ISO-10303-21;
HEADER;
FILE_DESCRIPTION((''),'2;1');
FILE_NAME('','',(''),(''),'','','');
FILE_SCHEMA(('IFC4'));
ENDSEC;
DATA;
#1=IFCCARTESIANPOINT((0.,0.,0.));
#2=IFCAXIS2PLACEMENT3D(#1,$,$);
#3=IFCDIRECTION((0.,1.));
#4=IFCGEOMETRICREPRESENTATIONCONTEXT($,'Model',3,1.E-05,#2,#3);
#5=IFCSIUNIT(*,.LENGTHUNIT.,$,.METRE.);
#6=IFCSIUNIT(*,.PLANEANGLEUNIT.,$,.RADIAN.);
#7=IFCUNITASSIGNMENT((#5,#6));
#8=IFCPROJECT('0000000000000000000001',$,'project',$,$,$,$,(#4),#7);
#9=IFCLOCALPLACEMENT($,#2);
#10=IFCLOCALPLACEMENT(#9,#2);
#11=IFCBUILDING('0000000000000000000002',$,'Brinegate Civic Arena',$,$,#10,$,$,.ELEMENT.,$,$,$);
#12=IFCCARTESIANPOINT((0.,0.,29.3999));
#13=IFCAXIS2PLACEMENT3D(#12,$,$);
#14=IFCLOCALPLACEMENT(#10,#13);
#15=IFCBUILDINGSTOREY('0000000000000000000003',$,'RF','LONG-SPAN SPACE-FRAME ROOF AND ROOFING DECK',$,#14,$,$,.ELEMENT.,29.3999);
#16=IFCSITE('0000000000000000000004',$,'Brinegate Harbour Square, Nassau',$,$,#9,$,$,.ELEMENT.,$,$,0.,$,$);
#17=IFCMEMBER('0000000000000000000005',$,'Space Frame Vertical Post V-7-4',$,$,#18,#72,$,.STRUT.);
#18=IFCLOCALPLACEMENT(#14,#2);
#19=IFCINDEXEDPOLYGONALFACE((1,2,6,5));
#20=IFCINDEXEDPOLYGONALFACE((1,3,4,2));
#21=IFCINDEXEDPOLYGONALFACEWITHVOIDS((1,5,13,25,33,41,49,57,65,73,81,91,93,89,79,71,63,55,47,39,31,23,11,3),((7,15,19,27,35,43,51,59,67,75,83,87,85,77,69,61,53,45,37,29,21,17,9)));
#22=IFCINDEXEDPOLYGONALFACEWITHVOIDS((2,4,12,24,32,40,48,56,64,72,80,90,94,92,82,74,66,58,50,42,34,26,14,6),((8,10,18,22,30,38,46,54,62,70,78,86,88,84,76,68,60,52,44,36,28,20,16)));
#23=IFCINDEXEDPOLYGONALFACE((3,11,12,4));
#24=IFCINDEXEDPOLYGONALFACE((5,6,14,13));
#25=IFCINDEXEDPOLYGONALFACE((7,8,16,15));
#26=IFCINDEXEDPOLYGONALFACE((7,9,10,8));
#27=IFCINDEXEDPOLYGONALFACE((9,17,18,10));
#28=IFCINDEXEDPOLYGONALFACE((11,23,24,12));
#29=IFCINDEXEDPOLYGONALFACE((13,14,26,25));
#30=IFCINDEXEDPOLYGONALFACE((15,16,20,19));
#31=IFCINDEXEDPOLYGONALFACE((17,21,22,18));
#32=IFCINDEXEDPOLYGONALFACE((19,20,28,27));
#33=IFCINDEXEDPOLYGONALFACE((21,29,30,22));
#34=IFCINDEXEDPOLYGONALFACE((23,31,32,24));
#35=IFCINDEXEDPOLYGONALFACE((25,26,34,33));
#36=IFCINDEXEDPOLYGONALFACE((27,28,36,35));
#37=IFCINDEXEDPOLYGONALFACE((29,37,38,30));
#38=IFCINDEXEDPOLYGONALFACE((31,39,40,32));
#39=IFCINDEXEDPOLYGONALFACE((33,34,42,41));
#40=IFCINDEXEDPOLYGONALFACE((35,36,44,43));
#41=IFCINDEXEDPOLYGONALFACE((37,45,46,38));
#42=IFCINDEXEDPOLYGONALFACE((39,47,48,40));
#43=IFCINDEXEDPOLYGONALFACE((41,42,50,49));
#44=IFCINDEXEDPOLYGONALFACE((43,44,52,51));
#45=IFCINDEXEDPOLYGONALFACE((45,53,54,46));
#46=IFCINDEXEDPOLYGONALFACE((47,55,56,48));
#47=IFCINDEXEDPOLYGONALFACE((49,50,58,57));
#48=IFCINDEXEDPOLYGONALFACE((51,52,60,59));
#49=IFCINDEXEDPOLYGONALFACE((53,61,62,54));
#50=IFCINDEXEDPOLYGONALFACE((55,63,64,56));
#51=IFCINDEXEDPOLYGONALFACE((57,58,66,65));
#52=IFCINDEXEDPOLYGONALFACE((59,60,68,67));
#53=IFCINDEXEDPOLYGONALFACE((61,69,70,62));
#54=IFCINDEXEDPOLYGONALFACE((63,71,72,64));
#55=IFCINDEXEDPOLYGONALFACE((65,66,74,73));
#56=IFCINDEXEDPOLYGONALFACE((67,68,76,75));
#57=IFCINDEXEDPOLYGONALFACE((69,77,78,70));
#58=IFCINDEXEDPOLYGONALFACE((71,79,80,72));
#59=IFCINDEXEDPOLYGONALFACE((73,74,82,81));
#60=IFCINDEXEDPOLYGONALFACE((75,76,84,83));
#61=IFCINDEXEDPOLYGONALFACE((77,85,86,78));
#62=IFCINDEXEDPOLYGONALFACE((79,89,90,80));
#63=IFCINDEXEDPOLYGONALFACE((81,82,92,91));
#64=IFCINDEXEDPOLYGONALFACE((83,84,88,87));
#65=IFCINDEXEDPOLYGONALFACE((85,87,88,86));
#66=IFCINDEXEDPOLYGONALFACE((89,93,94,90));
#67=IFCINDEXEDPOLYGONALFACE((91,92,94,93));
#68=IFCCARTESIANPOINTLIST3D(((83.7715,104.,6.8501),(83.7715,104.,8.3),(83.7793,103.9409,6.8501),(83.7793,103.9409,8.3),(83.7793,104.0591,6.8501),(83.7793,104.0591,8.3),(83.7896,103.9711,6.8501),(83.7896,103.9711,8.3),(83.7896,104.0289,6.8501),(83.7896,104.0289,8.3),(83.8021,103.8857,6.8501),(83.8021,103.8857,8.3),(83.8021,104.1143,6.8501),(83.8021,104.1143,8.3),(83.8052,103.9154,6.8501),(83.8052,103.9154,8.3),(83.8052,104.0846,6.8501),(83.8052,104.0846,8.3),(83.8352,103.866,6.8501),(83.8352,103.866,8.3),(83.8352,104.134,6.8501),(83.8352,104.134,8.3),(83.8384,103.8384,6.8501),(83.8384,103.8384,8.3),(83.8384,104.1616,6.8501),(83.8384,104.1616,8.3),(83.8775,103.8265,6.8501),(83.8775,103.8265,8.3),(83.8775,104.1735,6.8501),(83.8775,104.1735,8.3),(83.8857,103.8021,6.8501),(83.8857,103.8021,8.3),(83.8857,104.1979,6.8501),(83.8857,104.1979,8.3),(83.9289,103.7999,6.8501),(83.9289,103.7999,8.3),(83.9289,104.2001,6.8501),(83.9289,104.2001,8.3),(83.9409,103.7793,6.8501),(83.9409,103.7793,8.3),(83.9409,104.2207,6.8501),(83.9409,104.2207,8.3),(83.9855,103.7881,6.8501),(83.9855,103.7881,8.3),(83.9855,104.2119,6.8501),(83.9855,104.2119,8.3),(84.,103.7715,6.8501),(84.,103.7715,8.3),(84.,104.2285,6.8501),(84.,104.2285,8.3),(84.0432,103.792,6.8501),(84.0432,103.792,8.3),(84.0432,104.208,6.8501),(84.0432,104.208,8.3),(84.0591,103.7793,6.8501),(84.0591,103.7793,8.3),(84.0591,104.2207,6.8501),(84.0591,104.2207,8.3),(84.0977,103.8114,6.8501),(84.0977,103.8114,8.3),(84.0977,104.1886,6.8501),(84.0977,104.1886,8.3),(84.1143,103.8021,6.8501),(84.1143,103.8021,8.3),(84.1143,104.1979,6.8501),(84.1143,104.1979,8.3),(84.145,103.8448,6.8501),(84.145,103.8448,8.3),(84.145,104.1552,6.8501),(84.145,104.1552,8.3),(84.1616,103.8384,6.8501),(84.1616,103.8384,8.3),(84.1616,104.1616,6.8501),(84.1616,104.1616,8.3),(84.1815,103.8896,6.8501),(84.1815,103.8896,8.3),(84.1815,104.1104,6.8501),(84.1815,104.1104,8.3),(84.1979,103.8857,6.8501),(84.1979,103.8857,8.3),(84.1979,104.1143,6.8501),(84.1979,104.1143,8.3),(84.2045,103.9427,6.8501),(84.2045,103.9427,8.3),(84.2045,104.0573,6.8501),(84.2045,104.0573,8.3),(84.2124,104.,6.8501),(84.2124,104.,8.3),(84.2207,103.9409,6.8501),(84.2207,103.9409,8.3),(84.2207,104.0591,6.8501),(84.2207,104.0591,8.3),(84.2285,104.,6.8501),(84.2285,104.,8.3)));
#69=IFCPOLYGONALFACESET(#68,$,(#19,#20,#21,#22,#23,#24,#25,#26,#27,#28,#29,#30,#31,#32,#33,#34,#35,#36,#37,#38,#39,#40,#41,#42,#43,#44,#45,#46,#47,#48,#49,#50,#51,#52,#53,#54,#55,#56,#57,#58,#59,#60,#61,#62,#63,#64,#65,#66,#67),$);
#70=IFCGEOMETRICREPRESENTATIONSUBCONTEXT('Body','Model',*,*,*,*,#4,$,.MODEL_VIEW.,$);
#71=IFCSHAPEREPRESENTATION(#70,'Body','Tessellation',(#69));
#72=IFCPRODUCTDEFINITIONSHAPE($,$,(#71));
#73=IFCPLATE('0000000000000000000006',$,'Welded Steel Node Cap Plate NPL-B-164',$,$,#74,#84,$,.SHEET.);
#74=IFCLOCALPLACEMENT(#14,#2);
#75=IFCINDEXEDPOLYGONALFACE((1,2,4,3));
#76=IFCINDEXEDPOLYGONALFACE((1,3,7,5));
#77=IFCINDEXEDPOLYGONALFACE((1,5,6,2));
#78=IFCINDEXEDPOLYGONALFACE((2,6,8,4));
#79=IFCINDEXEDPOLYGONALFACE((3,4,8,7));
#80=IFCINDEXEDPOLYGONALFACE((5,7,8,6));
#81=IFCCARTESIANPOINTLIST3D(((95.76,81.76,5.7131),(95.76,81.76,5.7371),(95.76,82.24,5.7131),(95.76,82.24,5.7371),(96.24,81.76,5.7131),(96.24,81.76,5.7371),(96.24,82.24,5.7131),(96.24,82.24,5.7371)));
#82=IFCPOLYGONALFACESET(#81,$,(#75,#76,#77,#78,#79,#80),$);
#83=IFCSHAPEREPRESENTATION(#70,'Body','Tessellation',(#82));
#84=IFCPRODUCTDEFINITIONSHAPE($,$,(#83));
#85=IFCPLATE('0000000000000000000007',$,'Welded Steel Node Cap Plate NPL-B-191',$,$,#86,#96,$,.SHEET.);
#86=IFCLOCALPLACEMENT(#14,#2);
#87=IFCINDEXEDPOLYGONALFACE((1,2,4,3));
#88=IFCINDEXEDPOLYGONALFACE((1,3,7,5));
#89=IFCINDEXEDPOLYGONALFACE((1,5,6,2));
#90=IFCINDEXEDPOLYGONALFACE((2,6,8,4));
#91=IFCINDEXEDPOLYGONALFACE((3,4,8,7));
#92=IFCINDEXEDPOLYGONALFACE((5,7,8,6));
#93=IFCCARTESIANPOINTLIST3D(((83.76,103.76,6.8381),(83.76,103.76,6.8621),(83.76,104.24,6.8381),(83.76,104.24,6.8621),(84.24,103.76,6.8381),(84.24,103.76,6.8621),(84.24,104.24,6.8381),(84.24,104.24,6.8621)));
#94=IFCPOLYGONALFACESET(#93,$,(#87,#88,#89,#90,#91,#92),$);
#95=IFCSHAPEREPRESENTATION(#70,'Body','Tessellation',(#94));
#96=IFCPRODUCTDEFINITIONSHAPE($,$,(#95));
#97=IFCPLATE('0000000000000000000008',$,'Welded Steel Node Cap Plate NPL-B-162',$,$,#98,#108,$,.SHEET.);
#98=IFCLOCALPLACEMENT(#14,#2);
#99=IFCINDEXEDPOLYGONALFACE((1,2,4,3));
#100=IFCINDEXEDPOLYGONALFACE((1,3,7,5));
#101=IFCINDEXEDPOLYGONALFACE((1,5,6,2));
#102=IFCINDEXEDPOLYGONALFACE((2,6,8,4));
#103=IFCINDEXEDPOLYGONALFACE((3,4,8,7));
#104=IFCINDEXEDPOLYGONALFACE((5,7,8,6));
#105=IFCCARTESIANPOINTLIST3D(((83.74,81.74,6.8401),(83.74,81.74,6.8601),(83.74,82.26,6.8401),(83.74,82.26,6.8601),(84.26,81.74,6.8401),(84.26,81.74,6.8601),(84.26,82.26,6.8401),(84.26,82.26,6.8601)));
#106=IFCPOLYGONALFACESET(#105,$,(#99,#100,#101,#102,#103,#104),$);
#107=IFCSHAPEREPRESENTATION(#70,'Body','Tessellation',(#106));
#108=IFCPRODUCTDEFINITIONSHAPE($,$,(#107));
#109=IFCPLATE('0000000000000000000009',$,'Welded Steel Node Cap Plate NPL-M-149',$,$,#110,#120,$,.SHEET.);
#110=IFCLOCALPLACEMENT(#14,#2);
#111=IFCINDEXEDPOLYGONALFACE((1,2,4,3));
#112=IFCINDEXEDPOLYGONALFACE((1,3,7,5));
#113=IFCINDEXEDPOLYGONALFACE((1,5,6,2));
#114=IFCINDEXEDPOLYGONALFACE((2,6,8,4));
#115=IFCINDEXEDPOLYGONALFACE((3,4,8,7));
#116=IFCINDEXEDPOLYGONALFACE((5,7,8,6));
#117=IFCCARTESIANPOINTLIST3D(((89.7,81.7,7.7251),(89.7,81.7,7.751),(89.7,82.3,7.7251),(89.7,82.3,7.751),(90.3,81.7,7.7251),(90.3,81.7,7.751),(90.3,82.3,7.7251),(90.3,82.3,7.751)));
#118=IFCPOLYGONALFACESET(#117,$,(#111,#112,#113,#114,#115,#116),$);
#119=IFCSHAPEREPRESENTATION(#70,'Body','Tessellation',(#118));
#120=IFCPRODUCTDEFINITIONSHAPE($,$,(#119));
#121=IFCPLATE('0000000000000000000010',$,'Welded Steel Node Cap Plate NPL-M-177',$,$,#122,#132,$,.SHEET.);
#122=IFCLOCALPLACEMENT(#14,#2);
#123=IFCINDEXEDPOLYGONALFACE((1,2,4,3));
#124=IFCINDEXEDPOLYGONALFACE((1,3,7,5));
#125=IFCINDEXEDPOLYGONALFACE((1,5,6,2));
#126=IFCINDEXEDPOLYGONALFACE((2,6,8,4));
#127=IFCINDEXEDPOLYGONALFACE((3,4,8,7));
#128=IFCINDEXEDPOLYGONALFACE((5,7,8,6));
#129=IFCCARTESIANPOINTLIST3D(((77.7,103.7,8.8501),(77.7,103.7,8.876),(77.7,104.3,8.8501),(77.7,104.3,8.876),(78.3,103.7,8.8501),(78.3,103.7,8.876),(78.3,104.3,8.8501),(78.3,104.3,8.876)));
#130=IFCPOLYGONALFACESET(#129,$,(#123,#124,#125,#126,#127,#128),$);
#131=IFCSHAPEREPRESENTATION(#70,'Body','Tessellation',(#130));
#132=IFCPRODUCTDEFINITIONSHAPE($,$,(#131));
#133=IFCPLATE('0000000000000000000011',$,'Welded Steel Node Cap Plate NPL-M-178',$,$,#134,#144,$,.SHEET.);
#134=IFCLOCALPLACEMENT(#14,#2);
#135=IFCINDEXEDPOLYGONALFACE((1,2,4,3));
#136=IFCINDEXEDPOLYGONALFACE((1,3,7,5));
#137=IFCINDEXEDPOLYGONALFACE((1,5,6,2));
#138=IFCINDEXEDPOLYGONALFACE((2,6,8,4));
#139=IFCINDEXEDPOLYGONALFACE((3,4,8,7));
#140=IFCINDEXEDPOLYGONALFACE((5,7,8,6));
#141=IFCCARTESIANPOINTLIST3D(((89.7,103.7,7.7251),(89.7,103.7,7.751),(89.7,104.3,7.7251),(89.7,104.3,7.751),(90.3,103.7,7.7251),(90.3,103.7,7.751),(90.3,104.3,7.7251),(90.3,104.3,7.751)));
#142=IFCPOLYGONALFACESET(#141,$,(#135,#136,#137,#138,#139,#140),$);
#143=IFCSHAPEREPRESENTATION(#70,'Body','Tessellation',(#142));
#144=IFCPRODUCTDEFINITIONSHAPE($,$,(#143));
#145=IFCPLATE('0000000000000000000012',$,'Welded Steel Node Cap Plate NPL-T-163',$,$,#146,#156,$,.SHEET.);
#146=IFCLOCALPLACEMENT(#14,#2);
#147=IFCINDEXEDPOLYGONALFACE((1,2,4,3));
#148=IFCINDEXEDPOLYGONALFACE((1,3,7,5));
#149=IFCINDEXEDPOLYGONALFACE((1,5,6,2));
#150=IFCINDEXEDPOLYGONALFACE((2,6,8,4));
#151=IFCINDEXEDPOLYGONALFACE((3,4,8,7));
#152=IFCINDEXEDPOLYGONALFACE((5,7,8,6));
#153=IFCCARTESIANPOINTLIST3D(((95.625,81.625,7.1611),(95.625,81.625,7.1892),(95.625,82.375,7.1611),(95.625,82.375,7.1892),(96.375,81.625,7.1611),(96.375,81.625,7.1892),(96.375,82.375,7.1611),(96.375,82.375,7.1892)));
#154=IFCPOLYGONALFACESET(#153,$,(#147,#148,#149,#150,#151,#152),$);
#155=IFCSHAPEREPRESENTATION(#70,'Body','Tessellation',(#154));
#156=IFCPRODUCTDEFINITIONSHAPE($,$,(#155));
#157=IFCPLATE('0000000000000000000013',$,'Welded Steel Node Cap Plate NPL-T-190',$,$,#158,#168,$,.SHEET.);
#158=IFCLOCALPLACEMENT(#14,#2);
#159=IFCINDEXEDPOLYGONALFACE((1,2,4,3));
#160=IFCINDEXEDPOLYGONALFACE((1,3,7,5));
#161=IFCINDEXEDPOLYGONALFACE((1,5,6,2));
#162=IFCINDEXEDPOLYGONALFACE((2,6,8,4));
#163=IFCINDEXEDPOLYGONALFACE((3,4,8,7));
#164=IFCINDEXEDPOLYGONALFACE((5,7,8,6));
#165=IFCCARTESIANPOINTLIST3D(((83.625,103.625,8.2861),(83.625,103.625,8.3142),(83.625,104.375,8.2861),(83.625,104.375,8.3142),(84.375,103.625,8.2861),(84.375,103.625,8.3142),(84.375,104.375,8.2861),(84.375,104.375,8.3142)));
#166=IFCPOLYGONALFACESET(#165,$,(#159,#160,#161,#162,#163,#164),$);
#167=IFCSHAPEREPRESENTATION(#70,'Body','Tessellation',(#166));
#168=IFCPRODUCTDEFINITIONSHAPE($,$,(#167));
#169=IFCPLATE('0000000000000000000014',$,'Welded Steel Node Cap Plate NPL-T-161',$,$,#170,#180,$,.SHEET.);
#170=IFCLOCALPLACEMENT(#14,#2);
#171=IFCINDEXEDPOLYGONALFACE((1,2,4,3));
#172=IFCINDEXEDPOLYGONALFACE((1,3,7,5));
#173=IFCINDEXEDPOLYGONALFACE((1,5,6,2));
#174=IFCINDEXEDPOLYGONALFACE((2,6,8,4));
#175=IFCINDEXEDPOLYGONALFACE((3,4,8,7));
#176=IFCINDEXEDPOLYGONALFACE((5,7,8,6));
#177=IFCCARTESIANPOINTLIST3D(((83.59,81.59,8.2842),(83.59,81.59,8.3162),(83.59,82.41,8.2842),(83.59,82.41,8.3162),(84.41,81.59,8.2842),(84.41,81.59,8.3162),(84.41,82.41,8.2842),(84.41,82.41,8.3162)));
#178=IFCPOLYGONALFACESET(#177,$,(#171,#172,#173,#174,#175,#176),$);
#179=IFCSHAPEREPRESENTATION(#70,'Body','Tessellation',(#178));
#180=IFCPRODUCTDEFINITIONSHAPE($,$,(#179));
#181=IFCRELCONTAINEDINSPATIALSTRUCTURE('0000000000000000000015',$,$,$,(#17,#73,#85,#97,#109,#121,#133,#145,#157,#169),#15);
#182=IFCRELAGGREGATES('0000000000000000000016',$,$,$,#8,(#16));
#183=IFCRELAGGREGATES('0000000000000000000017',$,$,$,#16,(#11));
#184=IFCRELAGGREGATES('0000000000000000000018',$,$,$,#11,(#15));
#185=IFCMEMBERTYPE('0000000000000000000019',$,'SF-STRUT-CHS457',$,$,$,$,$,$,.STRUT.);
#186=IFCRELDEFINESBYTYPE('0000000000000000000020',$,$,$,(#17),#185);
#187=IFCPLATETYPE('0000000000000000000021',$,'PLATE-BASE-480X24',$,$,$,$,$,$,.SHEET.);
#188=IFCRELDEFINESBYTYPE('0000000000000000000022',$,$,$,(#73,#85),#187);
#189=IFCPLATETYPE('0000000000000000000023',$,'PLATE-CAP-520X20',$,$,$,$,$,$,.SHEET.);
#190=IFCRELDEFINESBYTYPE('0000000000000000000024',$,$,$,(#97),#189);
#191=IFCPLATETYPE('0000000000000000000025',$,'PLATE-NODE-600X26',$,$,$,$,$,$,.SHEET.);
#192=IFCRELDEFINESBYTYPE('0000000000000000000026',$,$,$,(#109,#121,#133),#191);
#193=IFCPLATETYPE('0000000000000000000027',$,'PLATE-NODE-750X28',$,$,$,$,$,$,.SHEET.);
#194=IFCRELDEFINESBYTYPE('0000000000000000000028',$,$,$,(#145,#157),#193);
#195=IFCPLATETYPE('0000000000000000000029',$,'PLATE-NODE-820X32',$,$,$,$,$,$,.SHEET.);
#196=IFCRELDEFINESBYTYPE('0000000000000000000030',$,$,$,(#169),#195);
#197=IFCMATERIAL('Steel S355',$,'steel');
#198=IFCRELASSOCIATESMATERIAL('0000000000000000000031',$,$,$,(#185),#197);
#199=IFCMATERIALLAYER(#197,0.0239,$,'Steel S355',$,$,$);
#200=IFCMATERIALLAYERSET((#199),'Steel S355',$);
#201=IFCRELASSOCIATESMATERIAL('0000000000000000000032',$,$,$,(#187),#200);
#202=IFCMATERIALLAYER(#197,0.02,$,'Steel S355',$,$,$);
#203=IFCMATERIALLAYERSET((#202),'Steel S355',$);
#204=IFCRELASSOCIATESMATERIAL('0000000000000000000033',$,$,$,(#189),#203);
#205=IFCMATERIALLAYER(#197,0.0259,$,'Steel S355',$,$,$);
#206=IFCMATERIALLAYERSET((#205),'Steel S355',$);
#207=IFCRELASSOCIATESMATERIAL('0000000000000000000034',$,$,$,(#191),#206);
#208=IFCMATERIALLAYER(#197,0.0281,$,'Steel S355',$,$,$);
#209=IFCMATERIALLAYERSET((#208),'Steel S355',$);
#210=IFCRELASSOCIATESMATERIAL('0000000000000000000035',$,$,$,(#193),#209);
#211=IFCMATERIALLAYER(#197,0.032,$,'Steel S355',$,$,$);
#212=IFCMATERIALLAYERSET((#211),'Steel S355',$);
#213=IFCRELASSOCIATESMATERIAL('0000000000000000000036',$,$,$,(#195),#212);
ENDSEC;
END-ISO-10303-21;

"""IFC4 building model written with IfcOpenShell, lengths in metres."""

from ifc_helpers import new_model, si_unit, direction, frame, origin, origin_2d, place, context, subcontext, project, spatial, rectangle, hollow_circle, extrude, material, layer, layer_set, material_profile, profile_set, type_object, element, save


model = new_model("IFC4")

# Units and contexts
model_context = context("Model", 3, precision=1e-05, world=origin(), true_north=direction((0.0, 1.0)))
body_context = subcontext(model_context, "Body", "Model", "MODEL_VIEW")
ifc_project = project(units=[si_unit("LENGTHUNIT", "METRE"), si_unit("PLANEANGLEUNIT", "RADIAN")], contexts=[model_context])

# Site, building, storey
site_placement = place(None, origin())
site = spatial("IfcSite", under=ifc_project, at=site_placement, Name="Brinegate Harbour Square, Nassau", CompositionType="ELEMENT", RefElevation=0.0)
building_placement = place(site_placement, origin())
building = spatial("IfcBuilding", under=site, at=building_placement, Name="Brinegate Civic Arena", CompositionType="ELEMENT")
storey_placement = place(building_placement, frame((0.0, 0.0, 29.3999)))
storey = spatial("IfcBuildingStorey", under=building, at=storey_placement, Name="RF", Description="LONG-SPAN SPACE-FRAME ROOF AND ROOFING DECK", CompositionType="ELEMENT", Elevation=29.3999)

# Member
ifc_material = material(Name="Steel S355", Category="steel")
ifc_material_profile_1 = material_profile(ifc_material, hollow_circle(Radius=0.2285, WallThickness=0.0161, at=origin_2d()), Name="CHS457X16")
ifc_profile_set_1 = profile_set([ifc_material_profile_1], Name="Steel S355")
member_type_1 = type_object("IfcMemberType", Name="SF-STRUT-CHS457", PredefinedType="STRUT", material=ifc_profile_set_1)
for number, where, z_axis, x_axis, name in (
    (1, (84.0, 104.0, 6.8501), (0.0, 0.0, 1.0), (1.0, 0.0, 0.0), "Space Frame Vertical Post V-7-4"),
):
    element("IfcMember", number, at=place(storey_placement, frame(where, z_axis=z_axis, x_axis=x_axis)), inside=storey, type_object=member_type_1, Name=name, PredefinedType="STRUT", context=body_context, shape_type="SweptSolid", body=[
        extrude(hollow_circle(Radius=0.2285, WallThickness=0.0161, at=origin_2d()), origin(), (0.0, 0.0, 1.0), 1.45),
    ])

# Plates
ifc_layer_1 = layer(ifc_material, 0.0239, Name="Steel S355")
ifc_layer_set_1 = layer_set([ifc_layer_1], Name="Steel S355")
plate_type_1 = type_object("IfcPlateType", Name="PLATE-BASE-480X24", PredefinedType="SHEET", material=ifc_layer_set_1)
for number, where, z_axis, x_axis, name in (
    (2, (96.0, 82.0, 5.7131), (0.0, 0.0, 1.0), (1.0, 0.0, 0.0), "Welded Steel Node Cap Plate NPL-B-164"),
    (3, (84.0, 104.0, 6.8381), (0.0, 0.0, 1.0), (1.0, 0.0, 0.0), "Welded Steel Node Cap Plate NPL-B-191"),
):
    element("IfcPlate", number, at=place(storey_placement, frame(where, z_axis=z_axis, x_axis=x_axis)), inside=storey, type_object=plate_type_1, Name=name, PredefinedType="SHEET", context=body_context, shape_type="SweptSolid", body=[
        extrude(rectangle(XDim=0.48, YDim=0.48, at=origin_2d()), origin(), (0.0, 0.0, 1.0), 0.0239),
    ])
ifc_layer_2 = layer(ifc_material, 0.02, Name="Steel S355")
ifc_layer_set_2 = layer_set([ifc_layer_2], Name="Steel S355")
plate_type_2 = type_object("IfcPlateType", Name="PLATE-CAP-520X20", PredefinedType="SHEET", material=ifc_layer_set_2)
plate_1_placement = place(storey_placement, frame((84.0, 82.0, 6.8401), z_axis=(0.0, 0.0, 1.0), x_axis=(1.0, 0.0, 0.0)))
element("IfcPlate", 4, at=plate_1_placement, inside=storey, type_object=plate_type_2, Name="Welded Steel Node Cap Plate NPL-B-162", PredefinedType="SHEET", context=body_context, shape_type="SweptSolid", body=[
    extrude(rectangle(XDim=0.52, YDim=0.52, at=origin_2d()), origin(), (0.0, 0.0, 1.0), 0.02),
])
ifc_layer_3 = layer(ifc_material, 0.0259, Name="Steel S355")
ifc_layer_set_3 = layer_set([ifc_layer_3], Name="Steel S355")
plate_type_3 = type_object("IfcPlateType", Name="PLATE-NODE-600X26", PredefinedType="SHEET", material=ifc_layer_set_3)
for number, where, z_axis, x_axis, name in (
    (5, (90.0, 82.0, 7.7251), (0.0, 0.0, 1.0), (1.0, 0.0, 0.0), "Welded Steel Node Cap Plate NPL-M-149"),
    (6, (78.0, 104.0, 8.8501), (0.0, 0.0, 1.0), (1.0, 0.0, 0.0), "Welded Steel Node Cap Plate NPL-M-177"),
    (7, (90.0, 104.0, 7.7251), (0.0, 0.0, 1.0), (1.0, 0.0, 0.0), "Welded Steel Node Cap Plate NPL-M-178"),
):
    element("IfcPlate", number, at=place(storey_placement, frame(where, z_axis=z_axis, x_axis=x_axis)), inside=storey, type_object=plate_type_3, Name=name, PredefinedType="SHEET", context=body_context, shape_type="SweptSolid", body=[
        extrude(rectangle(XDim=0.6001, YDim=0.6001, at=origin_2d()), origin(), (0.0, 0.0, 1.0), 0.0259),
    ])
ifc_layer_4 = layer(ifc_material, 0.0281, Name="Steel S355")
ifc_layer_set_4 = layer_set([ifc_layer_4], Name="Steel S355")
plate_type_4 = type_object("IfcPlateType", Name="PLATE-NODE-750X28", PredefinedType="SHEET", material=ifc_layer_set_4)
for number, where, z_axis, x_axis, name in (
    (8, (96.0, 82.0, 7.1611), (0.0, 0.0, 1.0), (1.0, 0.0, 0.0), "Welded Steel Node Cap Plate NPL-T-163"),
    (9, (84.0, 104.0, 8.2861), (0.0, 0.0, 1.0), (1.0, 0.0, 0.0), "Welded Steel Node Cap Plate NPL-T-190"),
):
    element("IfcPlate", number, at=place(storey_placement, frame(where, z_axis=z_axis, x_axis=x_axis)), inside=storey, type_object=plate_type_4, Name=name, PredefinedType="SHEET", context=body_context, shape_type="SweptSolid", body=[
        extrude(rectangle(XDim=0.75, YDim=0.75, at=origin_2d()), origin(), (0.0, 0.0, 1.0), 0.0281),
    ])
ifc_layer_5 = layer(ifc_material, 0.032, Name="Steel S355")
ifc_layer_set_5 = layer_set([ifc_layer_5], Name="Steel S355")
plate_type_5 = type_object("IfcPlateType", Name="PLATE-NODE-820X32", PredefinedType="SHEET", material=ifc_layer_set_5)
plate_2_placement = place(storey_placement, frame((84.0, 82.0, 8.2842), z_axis=(0.0, 0.0, 1.0), x_axis=(1.0, 0.0, 0.0)))
element("IfcPlate", 10, at=plate_2_placement, inside=storey, type_object=plate_type_5, Name="Welded Steel Node Cap Plate NPL-T-161", PredefinedType="SHEET", context=body_context, shape_type="SweptSolid", body=[
    extrude(rectangle(XDim=0.8201, YDim=0.8201, at=origin_2d()), origin(), (0.0, 0.0, 1.0), 0.032),
])

save(model, "model.ifc")
